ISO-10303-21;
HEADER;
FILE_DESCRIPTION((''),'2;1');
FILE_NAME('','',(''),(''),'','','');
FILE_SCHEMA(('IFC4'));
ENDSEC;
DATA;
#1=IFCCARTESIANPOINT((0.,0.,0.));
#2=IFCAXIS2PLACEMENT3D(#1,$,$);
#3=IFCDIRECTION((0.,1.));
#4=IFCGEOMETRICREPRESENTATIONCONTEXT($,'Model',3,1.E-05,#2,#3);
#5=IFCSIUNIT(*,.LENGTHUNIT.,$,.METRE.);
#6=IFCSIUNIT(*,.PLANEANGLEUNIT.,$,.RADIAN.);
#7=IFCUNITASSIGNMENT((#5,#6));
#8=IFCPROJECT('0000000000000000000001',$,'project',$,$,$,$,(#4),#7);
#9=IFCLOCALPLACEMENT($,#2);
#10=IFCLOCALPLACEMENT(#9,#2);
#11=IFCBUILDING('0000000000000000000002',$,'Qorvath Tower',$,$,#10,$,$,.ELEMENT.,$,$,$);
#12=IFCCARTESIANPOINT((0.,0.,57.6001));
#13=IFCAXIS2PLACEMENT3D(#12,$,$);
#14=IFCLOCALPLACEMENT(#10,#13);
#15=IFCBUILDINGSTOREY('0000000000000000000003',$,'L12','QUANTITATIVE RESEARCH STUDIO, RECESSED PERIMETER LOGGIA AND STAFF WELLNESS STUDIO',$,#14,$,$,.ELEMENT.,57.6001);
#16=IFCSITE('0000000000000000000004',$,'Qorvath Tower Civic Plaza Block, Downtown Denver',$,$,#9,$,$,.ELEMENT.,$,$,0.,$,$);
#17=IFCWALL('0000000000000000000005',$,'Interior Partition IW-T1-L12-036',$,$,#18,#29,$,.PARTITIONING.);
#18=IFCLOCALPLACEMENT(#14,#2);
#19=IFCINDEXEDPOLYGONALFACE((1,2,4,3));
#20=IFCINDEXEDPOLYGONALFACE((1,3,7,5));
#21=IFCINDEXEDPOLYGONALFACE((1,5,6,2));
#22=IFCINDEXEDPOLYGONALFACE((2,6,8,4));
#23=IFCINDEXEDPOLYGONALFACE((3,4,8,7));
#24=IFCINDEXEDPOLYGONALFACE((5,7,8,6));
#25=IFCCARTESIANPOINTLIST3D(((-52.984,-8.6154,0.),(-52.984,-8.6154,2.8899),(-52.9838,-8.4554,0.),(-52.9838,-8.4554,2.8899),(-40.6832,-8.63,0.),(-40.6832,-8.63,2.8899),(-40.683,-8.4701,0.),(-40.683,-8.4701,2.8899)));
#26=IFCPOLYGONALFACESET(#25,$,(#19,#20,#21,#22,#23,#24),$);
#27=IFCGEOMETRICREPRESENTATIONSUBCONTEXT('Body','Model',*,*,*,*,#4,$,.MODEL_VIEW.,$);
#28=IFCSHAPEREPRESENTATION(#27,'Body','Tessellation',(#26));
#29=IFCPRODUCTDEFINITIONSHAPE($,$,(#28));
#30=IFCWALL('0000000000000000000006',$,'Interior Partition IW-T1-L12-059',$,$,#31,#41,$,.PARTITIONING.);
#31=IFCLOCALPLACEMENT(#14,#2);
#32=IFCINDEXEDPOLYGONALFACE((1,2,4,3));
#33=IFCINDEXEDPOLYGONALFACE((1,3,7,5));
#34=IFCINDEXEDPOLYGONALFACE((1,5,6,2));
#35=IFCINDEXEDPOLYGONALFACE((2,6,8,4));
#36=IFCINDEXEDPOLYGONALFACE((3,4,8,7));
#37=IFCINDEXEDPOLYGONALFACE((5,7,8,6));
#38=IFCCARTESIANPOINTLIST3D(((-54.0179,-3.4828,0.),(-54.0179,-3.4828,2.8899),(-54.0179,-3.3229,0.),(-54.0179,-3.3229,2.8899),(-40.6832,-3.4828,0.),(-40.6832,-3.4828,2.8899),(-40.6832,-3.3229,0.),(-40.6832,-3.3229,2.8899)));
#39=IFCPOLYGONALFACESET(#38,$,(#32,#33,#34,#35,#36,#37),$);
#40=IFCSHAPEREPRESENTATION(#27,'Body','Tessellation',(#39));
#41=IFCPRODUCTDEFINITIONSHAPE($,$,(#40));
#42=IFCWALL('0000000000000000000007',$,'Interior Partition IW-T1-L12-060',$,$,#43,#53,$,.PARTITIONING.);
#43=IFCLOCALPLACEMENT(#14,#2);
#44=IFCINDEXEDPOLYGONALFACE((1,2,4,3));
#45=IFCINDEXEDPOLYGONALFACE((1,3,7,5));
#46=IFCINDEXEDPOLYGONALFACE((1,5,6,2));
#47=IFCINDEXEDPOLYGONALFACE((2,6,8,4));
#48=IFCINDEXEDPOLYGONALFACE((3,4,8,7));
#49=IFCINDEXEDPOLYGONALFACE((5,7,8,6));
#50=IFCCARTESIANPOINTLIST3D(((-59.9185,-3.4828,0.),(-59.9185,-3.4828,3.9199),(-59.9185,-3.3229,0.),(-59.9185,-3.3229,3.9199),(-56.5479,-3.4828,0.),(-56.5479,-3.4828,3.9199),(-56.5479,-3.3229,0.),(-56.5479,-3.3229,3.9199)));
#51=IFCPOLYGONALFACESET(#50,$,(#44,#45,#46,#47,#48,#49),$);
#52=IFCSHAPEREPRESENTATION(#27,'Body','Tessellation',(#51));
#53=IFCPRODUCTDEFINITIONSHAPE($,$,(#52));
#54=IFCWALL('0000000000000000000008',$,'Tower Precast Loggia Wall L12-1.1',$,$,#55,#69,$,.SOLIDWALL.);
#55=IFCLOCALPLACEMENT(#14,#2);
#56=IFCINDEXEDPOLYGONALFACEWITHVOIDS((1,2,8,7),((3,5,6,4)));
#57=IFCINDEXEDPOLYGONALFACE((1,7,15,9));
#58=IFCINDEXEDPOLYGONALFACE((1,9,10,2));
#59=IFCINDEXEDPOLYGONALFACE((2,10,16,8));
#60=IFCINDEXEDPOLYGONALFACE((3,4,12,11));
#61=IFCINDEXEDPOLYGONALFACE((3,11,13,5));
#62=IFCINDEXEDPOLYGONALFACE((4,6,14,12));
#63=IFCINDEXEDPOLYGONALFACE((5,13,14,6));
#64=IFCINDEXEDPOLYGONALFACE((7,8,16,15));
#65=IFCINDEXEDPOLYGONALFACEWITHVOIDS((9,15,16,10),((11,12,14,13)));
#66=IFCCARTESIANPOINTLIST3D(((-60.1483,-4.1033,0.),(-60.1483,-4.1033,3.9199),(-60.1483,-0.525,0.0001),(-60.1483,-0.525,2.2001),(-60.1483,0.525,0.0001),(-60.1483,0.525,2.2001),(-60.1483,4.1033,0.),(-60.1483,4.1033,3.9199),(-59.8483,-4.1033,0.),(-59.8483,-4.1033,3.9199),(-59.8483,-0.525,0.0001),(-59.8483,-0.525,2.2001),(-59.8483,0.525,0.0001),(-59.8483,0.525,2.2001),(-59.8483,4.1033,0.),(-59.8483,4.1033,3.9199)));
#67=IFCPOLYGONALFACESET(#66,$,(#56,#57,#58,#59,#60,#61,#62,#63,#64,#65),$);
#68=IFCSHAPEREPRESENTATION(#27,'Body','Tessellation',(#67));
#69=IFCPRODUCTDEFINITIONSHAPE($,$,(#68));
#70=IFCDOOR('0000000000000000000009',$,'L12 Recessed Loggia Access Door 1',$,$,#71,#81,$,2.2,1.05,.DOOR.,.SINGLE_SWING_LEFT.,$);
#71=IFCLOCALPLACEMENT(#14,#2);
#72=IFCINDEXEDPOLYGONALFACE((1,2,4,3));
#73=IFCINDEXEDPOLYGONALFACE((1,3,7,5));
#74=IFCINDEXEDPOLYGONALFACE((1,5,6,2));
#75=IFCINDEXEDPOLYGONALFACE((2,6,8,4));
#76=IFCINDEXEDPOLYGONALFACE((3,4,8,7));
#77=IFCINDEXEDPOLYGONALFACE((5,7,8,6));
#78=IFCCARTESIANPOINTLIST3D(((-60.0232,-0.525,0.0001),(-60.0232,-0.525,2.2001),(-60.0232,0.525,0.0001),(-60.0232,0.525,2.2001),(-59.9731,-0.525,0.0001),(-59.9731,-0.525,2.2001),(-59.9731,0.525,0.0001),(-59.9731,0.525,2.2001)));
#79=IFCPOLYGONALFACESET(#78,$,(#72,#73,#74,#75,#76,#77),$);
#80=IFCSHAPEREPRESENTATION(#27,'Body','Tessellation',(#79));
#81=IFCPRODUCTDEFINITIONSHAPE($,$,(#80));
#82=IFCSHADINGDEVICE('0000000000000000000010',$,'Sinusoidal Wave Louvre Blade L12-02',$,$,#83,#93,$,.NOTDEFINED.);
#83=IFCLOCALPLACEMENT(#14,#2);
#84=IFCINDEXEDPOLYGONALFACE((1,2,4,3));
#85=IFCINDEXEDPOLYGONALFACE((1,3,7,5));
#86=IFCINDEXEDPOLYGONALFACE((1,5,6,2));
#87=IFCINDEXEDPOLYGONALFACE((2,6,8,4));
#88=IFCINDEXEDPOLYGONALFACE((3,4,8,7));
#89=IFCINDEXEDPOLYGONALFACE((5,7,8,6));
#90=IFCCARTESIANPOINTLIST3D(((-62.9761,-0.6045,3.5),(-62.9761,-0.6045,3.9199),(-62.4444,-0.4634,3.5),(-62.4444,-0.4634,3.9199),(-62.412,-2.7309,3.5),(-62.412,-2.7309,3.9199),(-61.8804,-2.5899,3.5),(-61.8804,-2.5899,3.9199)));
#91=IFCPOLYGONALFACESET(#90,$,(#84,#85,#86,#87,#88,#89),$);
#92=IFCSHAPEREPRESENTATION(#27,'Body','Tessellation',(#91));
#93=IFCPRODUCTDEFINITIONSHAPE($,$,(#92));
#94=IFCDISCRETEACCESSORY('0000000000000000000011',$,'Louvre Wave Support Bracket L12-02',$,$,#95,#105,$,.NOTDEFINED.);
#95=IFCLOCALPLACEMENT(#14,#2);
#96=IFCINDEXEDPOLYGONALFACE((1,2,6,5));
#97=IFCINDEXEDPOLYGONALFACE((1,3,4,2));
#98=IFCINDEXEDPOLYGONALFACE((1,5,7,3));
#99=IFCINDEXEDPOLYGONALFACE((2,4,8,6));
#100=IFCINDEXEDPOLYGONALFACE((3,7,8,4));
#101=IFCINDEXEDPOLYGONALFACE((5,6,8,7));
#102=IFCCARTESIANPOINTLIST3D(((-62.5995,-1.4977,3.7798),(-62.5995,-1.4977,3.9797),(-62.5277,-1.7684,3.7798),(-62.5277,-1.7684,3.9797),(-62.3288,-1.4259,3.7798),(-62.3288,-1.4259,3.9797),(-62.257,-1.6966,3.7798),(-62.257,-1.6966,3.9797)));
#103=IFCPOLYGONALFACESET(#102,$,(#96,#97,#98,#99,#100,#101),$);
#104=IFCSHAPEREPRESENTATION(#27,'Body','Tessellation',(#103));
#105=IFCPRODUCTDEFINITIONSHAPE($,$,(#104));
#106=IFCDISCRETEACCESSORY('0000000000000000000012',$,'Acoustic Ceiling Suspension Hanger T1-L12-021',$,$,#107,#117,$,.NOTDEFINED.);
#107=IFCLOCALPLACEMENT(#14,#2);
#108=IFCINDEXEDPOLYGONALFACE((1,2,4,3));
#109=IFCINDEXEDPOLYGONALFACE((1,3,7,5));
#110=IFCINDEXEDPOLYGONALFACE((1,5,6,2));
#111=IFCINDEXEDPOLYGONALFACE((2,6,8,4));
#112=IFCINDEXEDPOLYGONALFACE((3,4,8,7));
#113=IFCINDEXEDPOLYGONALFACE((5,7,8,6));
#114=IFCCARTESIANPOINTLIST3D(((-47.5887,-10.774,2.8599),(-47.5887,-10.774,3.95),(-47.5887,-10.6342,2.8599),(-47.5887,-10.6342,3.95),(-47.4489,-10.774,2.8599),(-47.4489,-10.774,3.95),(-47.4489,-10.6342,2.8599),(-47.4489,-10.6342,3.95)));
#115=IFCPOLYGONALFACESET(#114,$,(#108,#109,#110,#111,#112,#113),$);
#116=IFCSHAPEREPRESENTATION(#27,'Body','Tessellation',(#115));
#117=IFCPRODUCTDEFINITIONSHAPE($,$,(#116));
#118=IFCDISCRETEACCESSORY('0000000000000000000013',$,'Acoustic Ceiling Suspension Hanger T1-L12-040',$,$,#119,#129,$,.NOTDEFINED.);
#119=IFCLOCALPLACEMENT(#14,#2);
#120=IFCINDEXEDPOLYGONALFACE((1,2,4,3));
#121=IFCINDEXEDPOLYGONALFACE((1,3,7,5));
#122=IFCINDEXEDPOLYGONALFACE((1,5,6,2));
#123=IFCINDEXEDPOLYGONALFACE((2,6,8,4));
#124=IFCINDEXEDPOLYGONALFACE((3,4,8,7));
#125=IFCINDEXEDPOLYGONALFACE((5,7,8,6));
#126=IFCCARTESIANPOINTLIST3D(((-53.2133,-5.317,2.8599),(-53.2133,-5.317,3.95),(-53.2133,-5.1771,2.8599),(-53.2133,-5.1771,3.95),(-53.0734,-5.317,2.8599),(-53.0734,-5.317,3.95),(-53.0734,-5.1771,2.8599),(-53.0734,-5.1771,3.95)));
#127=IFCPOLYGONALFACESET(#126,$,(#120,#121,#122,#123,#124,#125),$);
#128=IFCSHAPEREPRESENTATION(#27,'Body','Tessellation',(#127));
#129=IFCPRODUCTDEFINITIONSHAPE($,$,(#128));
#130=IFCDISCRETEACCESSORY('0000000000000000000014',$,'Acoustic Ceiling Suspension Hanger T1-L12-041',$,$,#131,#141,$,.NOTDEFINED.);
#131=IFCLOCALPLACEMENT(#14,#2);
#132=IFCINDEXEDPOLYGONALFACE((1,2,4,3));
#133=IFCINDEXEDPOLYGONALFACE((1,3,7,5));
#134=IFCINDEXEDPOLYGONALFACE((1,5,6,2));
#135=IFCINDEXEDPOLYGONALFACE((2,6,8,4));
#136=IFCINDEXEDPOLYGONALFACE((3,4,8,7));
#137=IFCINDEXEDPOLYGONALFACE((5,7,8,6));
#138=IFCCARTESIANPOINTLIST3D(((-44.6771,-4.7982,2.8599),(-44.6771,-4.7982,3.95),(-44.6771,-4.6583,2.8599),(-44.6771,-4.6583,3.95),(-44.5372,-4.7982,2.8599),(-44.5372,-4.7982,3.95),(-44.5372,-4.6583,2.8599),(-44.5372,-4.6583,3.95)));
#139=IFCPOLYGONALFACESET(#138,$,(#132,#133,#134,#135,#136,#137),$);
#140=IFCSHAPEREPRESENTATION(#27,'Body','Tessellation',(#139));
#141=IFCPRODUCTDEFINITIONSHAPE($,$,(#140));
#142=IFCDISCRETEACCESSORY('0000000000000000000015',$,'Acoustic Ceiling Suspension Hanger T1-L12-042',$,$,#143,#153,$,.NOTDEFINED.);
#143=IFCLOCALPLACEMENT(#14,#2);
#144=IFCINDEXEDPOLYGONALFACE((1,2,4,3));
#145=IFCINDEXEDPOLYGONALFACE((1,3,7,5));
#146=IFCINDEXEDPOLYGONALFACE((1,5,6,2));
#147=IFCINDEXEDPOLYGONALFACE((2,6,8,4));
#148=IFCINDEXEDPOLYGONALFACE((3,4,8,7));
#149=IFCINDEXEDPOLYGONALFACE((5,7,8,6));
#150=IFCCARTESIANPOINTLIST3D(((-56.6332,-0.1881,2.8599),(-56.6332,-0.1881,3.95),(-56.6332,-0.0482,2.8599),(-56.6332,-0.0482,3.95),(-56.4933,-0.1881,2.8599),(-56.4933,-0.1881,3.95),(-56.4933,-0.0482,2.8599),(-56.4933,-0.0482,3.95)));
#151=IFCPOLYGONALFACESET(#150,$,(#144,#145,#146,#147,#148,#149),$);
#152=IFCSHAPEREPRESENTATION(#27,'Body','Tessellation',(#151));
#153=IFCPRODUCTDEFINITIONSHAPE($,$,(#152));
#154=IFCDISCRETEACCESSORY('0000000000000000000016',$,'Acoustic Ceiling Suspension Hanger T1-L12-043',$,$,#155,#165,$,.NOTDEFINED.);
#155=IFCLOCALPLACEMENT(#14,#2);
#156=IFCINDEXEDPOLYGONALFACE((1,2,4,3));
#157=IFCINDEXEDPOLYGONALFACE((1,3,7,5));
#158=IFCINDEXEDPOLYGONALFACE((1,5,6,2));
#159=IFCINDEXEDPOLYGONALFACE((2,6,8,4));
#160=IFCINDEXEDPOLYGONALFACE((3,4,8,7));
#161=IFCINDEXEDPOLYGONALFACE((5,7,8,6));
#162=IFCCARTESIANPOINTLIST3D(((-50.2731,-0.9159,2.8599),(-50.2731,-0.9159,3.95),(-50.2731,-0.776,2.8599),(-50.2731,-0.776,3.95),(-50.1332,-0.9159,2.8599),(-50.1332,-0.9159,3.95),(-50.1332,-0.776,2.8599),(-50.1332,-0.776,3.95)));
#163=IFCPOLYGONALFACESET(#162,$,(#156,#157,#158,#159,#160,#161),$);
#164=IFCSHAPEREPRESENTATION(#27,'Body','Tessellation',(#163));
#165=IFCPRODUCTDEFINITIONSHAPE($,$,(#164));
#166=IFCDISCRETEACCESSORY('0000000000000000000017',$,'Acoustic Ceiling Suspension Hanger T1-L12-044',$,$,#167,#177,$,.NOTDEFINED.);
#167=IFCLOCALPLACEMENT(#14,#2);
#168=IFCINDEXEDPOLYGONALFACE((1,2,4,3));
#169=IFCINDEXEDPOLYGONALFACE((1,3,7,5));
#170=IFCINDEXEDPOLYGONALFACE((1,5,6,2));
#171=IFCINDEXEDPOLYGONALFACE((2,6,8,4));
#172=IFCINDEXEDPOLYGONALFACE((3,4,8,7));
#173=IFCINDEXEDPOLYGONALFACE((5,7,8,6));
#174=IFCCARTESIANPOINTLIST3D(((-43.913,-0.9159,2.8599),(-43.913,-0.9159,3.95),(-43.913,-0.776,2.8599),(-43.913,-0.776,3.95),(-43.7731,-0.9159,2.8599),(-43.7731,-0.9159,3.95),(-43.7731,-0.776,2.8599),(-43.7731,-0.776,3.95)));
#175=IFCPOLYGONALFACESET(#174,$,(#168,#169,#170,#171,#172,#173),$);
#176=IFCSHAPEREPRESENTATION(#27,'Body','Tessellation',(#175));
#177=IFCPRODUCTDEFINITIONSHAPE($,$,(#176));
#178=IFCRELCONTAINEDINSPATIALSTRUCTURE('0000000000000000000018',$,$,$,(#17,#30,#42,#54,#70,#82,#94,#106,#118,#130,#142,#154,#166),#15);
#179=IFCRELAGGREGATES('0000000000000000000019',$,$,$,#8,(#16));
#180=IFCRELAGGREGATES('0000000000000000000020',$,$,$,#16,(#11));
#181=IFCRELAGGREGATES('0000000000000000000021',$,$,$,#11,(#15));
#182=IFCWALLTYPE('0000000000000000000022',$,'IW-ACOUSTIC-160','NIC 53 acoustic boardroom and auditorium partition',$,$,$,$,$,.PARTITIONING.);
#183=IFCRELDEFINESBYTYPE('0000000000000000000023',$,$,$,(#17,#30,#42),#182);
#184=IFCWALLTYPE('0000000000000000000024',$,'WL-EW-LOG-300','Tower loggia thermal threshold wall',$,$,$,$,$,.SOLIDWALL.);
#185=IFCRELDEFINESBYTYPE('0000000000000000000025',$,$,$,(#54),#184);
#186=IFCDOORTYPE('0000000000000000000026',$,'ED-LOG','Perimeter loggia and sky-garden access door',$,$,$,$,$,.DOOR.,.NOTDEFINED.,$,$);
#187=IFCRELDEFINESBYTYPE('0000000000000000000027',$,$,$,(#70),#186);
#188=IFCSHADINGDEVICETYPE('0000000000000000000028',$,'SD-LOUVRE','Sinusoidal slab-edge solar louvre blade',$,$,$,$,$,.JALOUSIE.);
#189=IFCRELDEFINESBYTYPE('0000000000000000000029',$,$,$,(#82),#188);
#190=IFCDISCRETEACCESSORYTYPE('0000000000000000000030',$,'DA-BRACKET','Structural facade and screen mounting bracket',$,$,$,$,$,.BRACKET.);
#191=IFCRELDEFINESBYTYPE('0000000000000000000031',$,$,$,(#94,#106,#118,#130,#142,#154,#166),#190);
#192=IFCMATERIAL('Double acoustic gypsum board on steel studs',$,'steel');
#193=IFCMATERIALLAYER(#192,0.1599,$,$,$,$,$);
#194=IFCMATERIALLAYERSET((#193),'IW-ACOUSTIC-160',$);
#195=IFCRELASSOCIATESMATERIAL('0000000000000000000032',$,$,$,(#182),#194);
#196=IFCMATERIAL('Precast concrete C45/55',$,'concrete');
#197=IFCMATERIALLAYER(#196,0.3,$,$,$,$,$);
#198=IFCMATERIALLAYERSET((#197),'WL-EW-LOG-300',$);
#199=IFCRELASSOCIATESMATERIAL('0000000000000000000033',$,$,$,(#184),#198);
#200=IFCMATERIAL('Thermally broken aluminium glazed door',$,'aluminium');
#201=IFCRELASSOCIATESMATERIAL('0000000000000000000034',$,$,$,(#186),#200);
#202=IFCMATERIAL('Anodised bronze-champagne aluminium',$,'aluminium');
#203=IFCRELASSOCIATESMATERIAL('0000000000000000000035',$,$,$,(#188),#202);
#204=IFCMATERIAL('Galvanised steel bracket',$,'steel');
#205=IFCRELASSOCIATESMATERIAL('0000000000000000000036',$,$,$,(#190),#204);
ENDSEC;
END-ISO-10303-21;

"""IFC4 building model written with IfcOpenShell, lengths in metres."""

from ifc_helpers import new_model, si_unit, direction, frame, frame_2d, origin, origin_2d, place, context, subcontext, project, spatial, rectangle, extrude, material, layer, layer_set, type_object, element, fill, save


model = new_model("IFC4")

# Units and contexts
model_context = context("Model", 3, precision=1e-05, world=origin(), true_north=direction((0.0, 1.0)))
body_context = subcontext(model_context, "Body", "Model", "MODEL_VIEW")
ifc_project = project(units=[si_unit("LENGTHUNIT", "METRE"), si_unit("PLANEANGLEUNIT", "RADIAN")], contexts=[model_context])

# Site, building, storey
site_placement = place(None, origin())
site = spatial("IfcSite", under=ifc_project, at=site_placement, Name="Qorvath Tower Civic Plaza Block, Downtown Denver", CompositionType="ELEMENT", RefElevation=0.0)
building_placement = place(site_placement, origin())
building = spatial("IfcBuilding", under=site, at=building_placement, Name="Qorvath Tower", CompositionType="ELEMENT")
storey_placement = place(building_placement, frame((0.0, 0.0, 57.6001)))
storey = spatial("IfcBuildingStorey", under=building, at=storey_placement, Name="L12", Description="QUANTITATIVE RESEARCH STUDIO, RECESSED PERIMETER LOGGIA AND STAFF WELLNESS STUDIO", CompositionType="ELEMENT", Elevation=57.6001)

# Walls
ifc_material_1 = material(Name="Double acoustic gypsum board on steel studs", Category="steel")
ifc_layer_1 = layer(ifc_material_1, 0.1599)
ifc_layer_set_1 = layer_set([ifc_layer_1], Name="IW-ACOUSTIC-160")
wall_type_1 = type_object("IfcWallType", Name="IW-ACOUSTIC-160", Description="NIC 53 acoustic boardroom and auditorium partition", PredefinedType="PARTITIONING", material=ifc_layer_set_1)
wall_1_placement = place(storey_placement, frame((-40.6831, -8.55, 0.0), z_axis=(0.0, 0.0, 1.0), x_axis=(-0.999999, 0.001191, 0.0)))
element("IfcWall", 1, at=wall_1_placement, inside=storey, type_object=wall_type_1, Name="Interior Partition IW-T1-L12-036", PredefinedType="PARTITIONING", context=body_context, shape_type="SweptSolid", body=[
    extrude(rectangle(XDim=12.3008, YDim=0.1599, at=frame_2d((6.1504, 0.0))), origin(), (0.0, 0.0, 1.0), 2.8899),
])
wall_2_placement = place(storey_placement, frame((-40.6831, -3.4028, 0.0), z_axis=(0.0, 0.0, 1.0), x_axis=(-1.0, 0.0, 0.0)))
element("IfcWall", 2, at=wall_2_placement, inside=storey, type_object=wall_type_1, Name="Interior Partition IW-T1-L12-059", PredefinedType="PARTITIONING", context=body_context, shape_type="SweptSolid", body=[
    extrude(rectangle(XDim=13.3347, YDim=0.1599, at=frame_2d((6.6675, 0.0))), origin(), (0.0, 0.0, 1.0), 2.8899),
])
wall_3_placement = place(storey_placement, frame((-56.5479, -3.4028, 0.0), z_axis=(0.0, 0.0, 1.0), x_axis=(-1.0, 0.0, 0.0)))
element("IfcWall", 3, at=wall_3_placement, inside=storey, type_object=wall_type_1, Name="Interior Partition IW-T1-L12-060", PredefinedType="PARTITIONING", context=body_context, shape_type="SweptSolid", body=[
    extrude(rectangle(XDim=3.3706, YDim=0.1599, at=frame_2d((1.6853, 0.0))), origin(), (0.0, 0.0, 1.0), 3.9199),
])

# Wall, opening, door
ifc_material_2 = material(Name="Precast concrete C45/55", Category="concrete")
ifc_layer_2 = layer(ifc_material_2, 0.3)
ifc_layer_set_2 = layer_set([ifc_layer_2], Name="WL-EW-LOG-300")
wall_type_2 = type_object("IfcWallType", Name="WL-EW-LOG-300", Description="Tower loggia thermal threshold wall", PredefinedType="SOLIDWALL", material=ifc_layer_set_2)
wall_4_placement = place(storey_placement, frame((-59.9983, -4.1033, 0.0), z_axis=(0.0, 0.0, 1.0), x_axis=(0.0, 1.0, 0.0)))
wall_4 = element("IfcWall", 4, at=wall_4_placement, inside=storey, type_object=wall_type_2, Name="Tower Precast Loggia Wall L12-1.1", PredefinedType="SOLIDWALL", context=body_context, shape_type="SweptSolid", body=[
    extrude(rectangle(XDim=8.2065, YDim=0.3, at=frame_2d((4.1033, 0.0))), origin(), (0.0, 0.0, 1.0), 3.9199),
])
opening_placement = place(wall_4_placement, frame((3.5784, 0.0, 0.0)))
opening = element("IfcOpeningElement", 5, at=opening_placement, cuts=wall_4, PredefinedType="OPENING", context=body_context, shape_type="SweptSolid", body=[
    extrude(rectangle(XDim=1.05, YDim=2.2, at=frame_2d((0.5249, 1.1001))), frame((0.0, 0.1602, 0.0), z_axis=(0.0, -1.0, 0.0), x_axis=(1.0, 0.0, 0.0)), (0.0, 0.0, 1.0), 0.3201),
])
ifc_material_3 = material(Name="Thermally broken aluminium glazed door", Category="aluminium")
door_type = type_object("IfcDoorType", Name="ED-LOG", Description="Perimeter loggia and sky-garden access door", OperationType="NOTDEFINED", PredefinedType="DOOR", material=ifc_material_3)
door_placement = place(opening_placement, origin())
door = element("IfcDoor", 6, at=door_placement, inside=storey, type_object=door_type, Name="L12 Recessed Loggia Access Door 1", OperationType="SINGLE_SWING_LEFT", OverallHeight=2.2, OverallWidth=1.05, PredefinedType="DOOR", context=body_context, shape_type="SweptSolid", body=[
    extrude(rectangle(XDim=1.05, YDim=2.2, at=frame_2d((0.5249, 1.1001))), frame((0.0, 0.0249, 0.0), z_axis=(0.0, -1.0, 0.0), x_axis=(1.0, 0.0, 0.0)), (0.0, 0.0, 1.0), 0.05),
])
fill(opening, door)

# Shading device
ifc_material_4 = material(Name="Anodised bronze-champagne aluminium", Category="aluminium")
shading_device_type = type_object("IfcShadingDeviceType", Name="SD-LOUVRE", Description="Sinusoidal slab-edge solar louvre blade", PredefinedType="JALOUSIE", material=ifc_material_4)
shading_device_placement = place(storey_placement, frame((-62.4282, -1.5972, 3.5), z_axis=(0.0, 0.0, 1.0), x_axis=(0.256386, -0.966575, 0.0)))
element("IfcShadingDevice", 7, at=shading_device_placement, inside=storey, type_object=shading_device_type, Name="Sinusoidal Wave Louvre Blade L12-02", PredefinedType="NOTDEFINED", context=body_context, shape_type="SweptSolid", body=[
    extrude(rectangle(XDim=2.2, YDim=0.55, at=origin_2d()), origin(), (0.0, 0.0, 1.0), 0.4199),
])

# Discrete accessories
ifc_material_5 = material(Name="Galvanised steel bracket", Category="steel")
discrete_accessory_type = type_object("IfcDiscreteAccessoryType", Name="DA-BRACKET", Description="Structural facade and screen mounting bracket", PredefinedType="BRACKET", material=ifc_material_5)
discrete_accessory_placement = place(storey_placement, frame((-62.4282, -1.5972, 3.7798), z_axis=(0.0, 0.0, 1.0), x_axis=(0.256386, -0.966575, 0.0)))
element("IfcDiscreteAccessory", 8, at=discrete_accessory_placement, inside=storey, type_object=discrete_accessory_type, Name="Louvre Wave Support Bracket L12-02", PredefinedType="NOTDEFINED", context=body_context, shape_type="SweptSolid", body=[
    extrude(rectangle(XDim=0.28, YDim=0.28, at=origin_2d()), origin(), (0.0, 0.0, 1.0), 0.2),
])
for number, where, z_axis, x_axis, name in (
    (9, (-47.5188, -10.7041, 2.8599), (0.0, 0.0, 1.0), (1.0, 0.0, 0.0), "Acoustic Ceiling Suspension Hanger T1-L12-021"),
    (10, (-53.1433, -5.2471, 2.8599), (0.0, 0.0, 1.0), (1.0, 0.0, 0.0), "Acoustic Ceiling Suspension Hanger T1-L12-040"),
    (11, (-44.6072, -4.7283, 2.8599), (0.0, 0.0, 1.0), (1.0, 0.0, 0.0), "Acoustic Ceiling Suspension Hanger T1-L12-041"),
    (12, (-56.5632, -0.1182, 2.8599), (0.0, 0.0, 1.0), (1.0, 0.0, 0.0), "Acoustic Ceiling Suspension Hanger T1-L12-042"),
    (13, (-50.2031, -0.8459, 2.8599), (0.0, 0.0, 1.0), (1.0, 0.0, 0.0), "Acoustic Ceiling Suspension Hanger T1-L12-043"),
    (14, (-43.843, -0.8459, 2.8599), (0.0, 0.0, 1.0), (1.0, 0.0, 0.0), "Acoustic Ceiling Suspension Hanger T1-L12-044"),
):
    element("IfcDiscreteAccessory", number, at=place(storey_placement, frame(where, z_axis=z_axis, x_axis=x_axis)), inside=storey, type_object=discrete_accessory_type, Name=name, PredefinedType="NOTDEFINED", context=body_context, shape_type="SweptSolid", body=[
        extrude(rectangle(XDim=0.1399, YDim=0.1399, at=origin_2d()), origin(), (0.0, 0.0, 1.0), 1.0901),
    ])

save(model, "model.ifc")
